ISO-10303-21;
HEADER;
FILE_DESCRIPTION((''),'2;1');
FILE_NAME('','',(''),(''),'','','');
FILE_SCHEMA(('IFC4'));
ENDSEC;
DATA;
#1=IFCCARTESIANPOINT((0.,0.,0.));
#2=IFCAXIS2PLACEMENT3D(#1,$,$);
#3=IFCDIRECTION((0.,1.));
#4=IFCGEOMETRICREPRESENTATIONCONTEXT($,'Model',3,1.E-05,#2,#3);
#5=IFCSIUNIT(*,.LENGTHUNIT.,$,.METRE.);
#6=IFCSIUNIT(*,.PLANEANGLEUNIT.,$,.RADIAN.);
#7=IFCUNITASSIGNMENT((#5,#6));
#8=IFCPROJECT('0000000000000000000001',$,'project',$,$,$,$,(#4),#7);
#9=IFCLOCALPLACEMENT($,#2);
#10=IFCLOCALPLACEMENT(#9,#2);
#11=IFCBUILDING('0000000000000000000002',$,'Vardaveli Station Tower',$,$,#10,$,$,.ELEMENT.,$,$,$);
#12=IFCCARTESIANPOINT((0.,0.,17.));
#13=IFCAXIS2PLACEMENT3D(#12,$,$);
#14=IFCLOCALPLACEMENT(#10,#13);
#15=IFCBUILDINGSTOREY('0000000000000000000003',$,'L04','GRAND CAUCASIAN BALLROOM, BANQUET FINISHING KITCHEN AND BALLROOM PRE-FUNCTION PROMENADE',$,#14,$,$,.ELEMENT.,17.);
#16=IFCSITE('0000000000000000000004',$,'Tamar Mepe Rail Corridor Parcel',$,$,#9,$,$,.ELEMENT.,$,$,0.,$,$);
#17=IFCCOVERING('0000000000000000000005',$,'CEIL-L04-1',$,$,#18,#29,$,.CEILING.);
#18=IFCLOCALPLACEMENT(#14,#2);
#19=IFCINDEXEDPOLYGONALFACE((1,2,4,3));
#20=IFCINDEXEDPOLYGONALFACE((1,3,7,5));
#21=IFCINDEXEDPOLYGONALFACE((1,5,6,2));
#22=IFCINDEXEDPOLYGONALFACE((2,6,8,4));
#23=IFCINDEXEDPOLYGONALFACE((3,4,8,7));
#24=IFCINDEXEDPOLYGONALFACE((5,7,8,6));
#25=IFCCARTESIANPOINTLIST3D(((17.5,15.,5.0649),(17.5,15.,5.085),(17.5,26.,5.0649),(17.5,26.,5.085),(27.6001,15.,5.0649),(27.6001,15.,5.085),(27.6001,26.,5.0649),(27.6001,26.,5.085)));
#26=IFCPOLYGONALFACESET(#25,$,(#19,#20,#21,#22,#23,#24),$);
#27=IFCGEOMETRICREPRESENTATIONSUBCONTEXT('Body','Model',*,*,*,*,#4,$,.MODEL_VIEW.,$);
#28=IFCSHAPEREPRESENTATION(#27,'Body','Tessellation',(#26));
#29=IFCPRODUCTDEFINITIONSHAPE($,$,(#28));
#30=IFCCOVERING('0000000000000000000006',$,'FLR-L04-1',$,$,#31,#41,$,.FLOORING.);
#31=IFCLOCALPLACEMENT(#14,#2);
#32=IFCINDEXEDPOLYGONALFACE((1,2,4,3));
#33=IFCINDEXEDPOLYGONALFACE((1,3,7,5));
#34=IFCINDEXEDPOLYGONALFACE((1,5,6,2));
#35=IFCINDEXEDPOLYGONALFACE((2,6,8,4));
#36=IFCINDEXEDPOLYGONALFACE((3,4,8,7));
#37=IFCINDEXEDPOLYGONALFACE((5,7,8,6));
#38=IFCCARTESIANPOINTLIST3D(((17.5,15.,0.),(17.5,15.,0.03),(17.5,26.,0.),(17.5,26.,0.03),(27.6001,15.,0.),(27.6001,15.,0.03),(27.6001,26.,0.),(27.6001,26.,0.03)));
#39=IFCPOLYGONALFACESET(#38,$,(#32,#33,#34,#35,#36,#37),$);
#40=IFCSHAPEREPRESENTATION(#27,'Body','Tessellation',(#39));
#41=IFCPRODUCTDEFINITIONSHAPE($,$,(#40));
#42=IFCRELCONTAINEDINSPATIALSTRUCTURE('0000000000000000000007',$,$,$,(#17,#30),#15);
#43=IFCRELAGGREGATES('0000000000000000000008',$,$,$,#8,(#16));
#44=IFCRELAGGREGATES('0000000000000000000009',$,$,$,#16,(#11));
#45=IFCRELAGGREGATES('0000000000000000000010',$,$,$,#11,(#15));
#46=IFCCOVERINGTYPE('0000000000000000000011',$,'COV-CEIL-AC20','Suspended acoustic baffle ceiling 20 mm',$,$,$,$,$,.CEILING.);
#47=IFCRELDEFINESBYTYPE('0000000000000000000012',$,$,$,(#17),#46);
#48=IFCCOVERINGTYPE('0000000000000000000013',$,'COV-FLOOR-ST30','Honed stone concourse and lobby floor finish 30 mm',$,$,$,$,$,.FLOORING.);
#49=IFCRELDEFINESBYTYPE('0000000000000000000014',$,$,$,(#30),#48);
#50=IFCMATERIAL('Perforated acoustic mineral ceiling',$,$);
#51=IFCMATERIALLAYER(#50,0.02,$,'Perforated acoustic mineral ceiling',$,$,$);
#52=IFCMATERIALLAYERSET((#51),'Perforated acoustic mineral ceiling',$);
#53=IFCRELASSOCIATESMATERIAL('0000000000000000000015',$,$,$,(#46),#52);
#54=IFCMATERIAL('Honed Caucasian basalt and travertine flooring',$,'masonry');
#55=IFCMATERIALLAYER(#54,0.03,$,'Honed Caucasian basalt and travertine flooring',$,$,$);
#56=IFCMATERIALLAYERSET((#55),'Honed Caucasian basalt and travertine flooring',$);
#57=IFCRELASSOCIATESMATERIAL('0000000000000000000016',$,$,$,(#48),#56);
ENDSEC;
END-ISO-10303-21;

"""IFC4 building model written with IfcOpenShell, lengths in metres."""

from ifc_helpers import new_model, si_unit, direction, frame, origin, place, context, subcontext, project, spatial, polyline, outline, extrude, material, layer, layer_set, type_object, element, save


model = new_model("IFC4")

# Units and contexts
model_context = context("Model", 3, precision=1e-05, world=origin(), true_north=direction((0.0, 1.0)))
body_context = subcontext(model_context, "Body", "Model", "MODEL_VIEW")
ifc_project = project(units=[si_unit("LENGTHUNIT", "METRE"), si_unit("PLANEANGLEUNIT", "RADIAN")], contexts=[model_context])

# Site, building, storey
site_placement = place(None, origin())
site = spatial("IfcSite", under=ifc_project, at=site_placement, Name="Tamar Mepe Rail Corridor Parcel", CompositionType="ELEMENT", RefElevation=0.0)
building_placement = place(site_placement, origin())
building = spatial("IfcBuilding", under=site, at=building_placement, Name="Vardaveli Station Tower", CompositionType="ELEMENT")
storey_placement = place(building_placement, frame((0.0, 0.0, 17.0)))
storey = spatial("IfcBuildingStorey", under=building, at=storey_placement, Name="L04", Description="GRAND CAUCASIAN BALLROOM, BANQUET FINISHING KITCHEN AND BALLROOM PRE-FUNCTION PROMENADE", CompositionType="ELEMENT", Elevation=17.0)

# Coverings
ifc_material_1 = material(Name="Perforated acoustic mineral ceiling")
ifc_layer_1 = layer(ifc_material_1, 0.02, Name="Perforated acoustic mineral ceiling")
ifc_layer_set_1 = layer_set([ifc_layer_1], Name="Perforated acoustic mineral ceiling")
covering_type_1 = type_object("IfcCoveringType", Name="COV-CEIL-AC20", Description="Suspended acoustic baffle ceiling 20 mm", PredefinedType="CEILING", material=ifc_layer_set_1)
covering_1_placement = place(storey_placement, frame((0.0, 0.0, 5.0649)))
element("IfcCovering", 1, at=covering_1_placement, inside=storey, type_object=covering_type_1, Name="CEIL-L04-1", PredefinedType="CEILING", context=body_context, shape_type="SweptSolid", body=[
    extrude(outline(polyline([(17.5, 15.0), (27.6001, 15.0), (27.6001, 26.0), (17.5, 26.0), (17.5, 15.0)])), origin(), (0.0, 0.0, 1.0), 0.02),
])
ifc_material_2 = material(Name="Honed Caucasian basalt and travertine flooring", Category="masonry")
ifc_layer_2 = layer(ifc_material_2, 0.03, Name="Honed Caucasian basalt and travertine flooring")
ifc_layer_set_2 = layer_set([ifc_layer_2], Name="Honed Caucasian basalt and travertine flooring")
covering_type_2 = type_object("IfcCoveringType", Name="COV-FLOOR-ST30", Description="Honed stone concourse and lobby floor finish 30 mm", PredefinedType="FLOORING", material=ifc_layer_set_2)
covering_2_placement = place(storey_placement, origin())
element("IfcCovering", 2, at=covering_2_placement, inside=storey, type_object=covering_type_2, Name="FLR-L04-1", PredefinedType="FLOORING", context=body_context, shape_type="SweptSolid", body=[
    extrude(outline(polyline([(17.5, 15.0), (27.6001, 15.0), (27.6001, 26.0), (17.5, 26.0), (17.5, 15.0)])), origin(), (0.0, 0.0, 1.0), 0.03),
])

save(model, "model.ifc")
